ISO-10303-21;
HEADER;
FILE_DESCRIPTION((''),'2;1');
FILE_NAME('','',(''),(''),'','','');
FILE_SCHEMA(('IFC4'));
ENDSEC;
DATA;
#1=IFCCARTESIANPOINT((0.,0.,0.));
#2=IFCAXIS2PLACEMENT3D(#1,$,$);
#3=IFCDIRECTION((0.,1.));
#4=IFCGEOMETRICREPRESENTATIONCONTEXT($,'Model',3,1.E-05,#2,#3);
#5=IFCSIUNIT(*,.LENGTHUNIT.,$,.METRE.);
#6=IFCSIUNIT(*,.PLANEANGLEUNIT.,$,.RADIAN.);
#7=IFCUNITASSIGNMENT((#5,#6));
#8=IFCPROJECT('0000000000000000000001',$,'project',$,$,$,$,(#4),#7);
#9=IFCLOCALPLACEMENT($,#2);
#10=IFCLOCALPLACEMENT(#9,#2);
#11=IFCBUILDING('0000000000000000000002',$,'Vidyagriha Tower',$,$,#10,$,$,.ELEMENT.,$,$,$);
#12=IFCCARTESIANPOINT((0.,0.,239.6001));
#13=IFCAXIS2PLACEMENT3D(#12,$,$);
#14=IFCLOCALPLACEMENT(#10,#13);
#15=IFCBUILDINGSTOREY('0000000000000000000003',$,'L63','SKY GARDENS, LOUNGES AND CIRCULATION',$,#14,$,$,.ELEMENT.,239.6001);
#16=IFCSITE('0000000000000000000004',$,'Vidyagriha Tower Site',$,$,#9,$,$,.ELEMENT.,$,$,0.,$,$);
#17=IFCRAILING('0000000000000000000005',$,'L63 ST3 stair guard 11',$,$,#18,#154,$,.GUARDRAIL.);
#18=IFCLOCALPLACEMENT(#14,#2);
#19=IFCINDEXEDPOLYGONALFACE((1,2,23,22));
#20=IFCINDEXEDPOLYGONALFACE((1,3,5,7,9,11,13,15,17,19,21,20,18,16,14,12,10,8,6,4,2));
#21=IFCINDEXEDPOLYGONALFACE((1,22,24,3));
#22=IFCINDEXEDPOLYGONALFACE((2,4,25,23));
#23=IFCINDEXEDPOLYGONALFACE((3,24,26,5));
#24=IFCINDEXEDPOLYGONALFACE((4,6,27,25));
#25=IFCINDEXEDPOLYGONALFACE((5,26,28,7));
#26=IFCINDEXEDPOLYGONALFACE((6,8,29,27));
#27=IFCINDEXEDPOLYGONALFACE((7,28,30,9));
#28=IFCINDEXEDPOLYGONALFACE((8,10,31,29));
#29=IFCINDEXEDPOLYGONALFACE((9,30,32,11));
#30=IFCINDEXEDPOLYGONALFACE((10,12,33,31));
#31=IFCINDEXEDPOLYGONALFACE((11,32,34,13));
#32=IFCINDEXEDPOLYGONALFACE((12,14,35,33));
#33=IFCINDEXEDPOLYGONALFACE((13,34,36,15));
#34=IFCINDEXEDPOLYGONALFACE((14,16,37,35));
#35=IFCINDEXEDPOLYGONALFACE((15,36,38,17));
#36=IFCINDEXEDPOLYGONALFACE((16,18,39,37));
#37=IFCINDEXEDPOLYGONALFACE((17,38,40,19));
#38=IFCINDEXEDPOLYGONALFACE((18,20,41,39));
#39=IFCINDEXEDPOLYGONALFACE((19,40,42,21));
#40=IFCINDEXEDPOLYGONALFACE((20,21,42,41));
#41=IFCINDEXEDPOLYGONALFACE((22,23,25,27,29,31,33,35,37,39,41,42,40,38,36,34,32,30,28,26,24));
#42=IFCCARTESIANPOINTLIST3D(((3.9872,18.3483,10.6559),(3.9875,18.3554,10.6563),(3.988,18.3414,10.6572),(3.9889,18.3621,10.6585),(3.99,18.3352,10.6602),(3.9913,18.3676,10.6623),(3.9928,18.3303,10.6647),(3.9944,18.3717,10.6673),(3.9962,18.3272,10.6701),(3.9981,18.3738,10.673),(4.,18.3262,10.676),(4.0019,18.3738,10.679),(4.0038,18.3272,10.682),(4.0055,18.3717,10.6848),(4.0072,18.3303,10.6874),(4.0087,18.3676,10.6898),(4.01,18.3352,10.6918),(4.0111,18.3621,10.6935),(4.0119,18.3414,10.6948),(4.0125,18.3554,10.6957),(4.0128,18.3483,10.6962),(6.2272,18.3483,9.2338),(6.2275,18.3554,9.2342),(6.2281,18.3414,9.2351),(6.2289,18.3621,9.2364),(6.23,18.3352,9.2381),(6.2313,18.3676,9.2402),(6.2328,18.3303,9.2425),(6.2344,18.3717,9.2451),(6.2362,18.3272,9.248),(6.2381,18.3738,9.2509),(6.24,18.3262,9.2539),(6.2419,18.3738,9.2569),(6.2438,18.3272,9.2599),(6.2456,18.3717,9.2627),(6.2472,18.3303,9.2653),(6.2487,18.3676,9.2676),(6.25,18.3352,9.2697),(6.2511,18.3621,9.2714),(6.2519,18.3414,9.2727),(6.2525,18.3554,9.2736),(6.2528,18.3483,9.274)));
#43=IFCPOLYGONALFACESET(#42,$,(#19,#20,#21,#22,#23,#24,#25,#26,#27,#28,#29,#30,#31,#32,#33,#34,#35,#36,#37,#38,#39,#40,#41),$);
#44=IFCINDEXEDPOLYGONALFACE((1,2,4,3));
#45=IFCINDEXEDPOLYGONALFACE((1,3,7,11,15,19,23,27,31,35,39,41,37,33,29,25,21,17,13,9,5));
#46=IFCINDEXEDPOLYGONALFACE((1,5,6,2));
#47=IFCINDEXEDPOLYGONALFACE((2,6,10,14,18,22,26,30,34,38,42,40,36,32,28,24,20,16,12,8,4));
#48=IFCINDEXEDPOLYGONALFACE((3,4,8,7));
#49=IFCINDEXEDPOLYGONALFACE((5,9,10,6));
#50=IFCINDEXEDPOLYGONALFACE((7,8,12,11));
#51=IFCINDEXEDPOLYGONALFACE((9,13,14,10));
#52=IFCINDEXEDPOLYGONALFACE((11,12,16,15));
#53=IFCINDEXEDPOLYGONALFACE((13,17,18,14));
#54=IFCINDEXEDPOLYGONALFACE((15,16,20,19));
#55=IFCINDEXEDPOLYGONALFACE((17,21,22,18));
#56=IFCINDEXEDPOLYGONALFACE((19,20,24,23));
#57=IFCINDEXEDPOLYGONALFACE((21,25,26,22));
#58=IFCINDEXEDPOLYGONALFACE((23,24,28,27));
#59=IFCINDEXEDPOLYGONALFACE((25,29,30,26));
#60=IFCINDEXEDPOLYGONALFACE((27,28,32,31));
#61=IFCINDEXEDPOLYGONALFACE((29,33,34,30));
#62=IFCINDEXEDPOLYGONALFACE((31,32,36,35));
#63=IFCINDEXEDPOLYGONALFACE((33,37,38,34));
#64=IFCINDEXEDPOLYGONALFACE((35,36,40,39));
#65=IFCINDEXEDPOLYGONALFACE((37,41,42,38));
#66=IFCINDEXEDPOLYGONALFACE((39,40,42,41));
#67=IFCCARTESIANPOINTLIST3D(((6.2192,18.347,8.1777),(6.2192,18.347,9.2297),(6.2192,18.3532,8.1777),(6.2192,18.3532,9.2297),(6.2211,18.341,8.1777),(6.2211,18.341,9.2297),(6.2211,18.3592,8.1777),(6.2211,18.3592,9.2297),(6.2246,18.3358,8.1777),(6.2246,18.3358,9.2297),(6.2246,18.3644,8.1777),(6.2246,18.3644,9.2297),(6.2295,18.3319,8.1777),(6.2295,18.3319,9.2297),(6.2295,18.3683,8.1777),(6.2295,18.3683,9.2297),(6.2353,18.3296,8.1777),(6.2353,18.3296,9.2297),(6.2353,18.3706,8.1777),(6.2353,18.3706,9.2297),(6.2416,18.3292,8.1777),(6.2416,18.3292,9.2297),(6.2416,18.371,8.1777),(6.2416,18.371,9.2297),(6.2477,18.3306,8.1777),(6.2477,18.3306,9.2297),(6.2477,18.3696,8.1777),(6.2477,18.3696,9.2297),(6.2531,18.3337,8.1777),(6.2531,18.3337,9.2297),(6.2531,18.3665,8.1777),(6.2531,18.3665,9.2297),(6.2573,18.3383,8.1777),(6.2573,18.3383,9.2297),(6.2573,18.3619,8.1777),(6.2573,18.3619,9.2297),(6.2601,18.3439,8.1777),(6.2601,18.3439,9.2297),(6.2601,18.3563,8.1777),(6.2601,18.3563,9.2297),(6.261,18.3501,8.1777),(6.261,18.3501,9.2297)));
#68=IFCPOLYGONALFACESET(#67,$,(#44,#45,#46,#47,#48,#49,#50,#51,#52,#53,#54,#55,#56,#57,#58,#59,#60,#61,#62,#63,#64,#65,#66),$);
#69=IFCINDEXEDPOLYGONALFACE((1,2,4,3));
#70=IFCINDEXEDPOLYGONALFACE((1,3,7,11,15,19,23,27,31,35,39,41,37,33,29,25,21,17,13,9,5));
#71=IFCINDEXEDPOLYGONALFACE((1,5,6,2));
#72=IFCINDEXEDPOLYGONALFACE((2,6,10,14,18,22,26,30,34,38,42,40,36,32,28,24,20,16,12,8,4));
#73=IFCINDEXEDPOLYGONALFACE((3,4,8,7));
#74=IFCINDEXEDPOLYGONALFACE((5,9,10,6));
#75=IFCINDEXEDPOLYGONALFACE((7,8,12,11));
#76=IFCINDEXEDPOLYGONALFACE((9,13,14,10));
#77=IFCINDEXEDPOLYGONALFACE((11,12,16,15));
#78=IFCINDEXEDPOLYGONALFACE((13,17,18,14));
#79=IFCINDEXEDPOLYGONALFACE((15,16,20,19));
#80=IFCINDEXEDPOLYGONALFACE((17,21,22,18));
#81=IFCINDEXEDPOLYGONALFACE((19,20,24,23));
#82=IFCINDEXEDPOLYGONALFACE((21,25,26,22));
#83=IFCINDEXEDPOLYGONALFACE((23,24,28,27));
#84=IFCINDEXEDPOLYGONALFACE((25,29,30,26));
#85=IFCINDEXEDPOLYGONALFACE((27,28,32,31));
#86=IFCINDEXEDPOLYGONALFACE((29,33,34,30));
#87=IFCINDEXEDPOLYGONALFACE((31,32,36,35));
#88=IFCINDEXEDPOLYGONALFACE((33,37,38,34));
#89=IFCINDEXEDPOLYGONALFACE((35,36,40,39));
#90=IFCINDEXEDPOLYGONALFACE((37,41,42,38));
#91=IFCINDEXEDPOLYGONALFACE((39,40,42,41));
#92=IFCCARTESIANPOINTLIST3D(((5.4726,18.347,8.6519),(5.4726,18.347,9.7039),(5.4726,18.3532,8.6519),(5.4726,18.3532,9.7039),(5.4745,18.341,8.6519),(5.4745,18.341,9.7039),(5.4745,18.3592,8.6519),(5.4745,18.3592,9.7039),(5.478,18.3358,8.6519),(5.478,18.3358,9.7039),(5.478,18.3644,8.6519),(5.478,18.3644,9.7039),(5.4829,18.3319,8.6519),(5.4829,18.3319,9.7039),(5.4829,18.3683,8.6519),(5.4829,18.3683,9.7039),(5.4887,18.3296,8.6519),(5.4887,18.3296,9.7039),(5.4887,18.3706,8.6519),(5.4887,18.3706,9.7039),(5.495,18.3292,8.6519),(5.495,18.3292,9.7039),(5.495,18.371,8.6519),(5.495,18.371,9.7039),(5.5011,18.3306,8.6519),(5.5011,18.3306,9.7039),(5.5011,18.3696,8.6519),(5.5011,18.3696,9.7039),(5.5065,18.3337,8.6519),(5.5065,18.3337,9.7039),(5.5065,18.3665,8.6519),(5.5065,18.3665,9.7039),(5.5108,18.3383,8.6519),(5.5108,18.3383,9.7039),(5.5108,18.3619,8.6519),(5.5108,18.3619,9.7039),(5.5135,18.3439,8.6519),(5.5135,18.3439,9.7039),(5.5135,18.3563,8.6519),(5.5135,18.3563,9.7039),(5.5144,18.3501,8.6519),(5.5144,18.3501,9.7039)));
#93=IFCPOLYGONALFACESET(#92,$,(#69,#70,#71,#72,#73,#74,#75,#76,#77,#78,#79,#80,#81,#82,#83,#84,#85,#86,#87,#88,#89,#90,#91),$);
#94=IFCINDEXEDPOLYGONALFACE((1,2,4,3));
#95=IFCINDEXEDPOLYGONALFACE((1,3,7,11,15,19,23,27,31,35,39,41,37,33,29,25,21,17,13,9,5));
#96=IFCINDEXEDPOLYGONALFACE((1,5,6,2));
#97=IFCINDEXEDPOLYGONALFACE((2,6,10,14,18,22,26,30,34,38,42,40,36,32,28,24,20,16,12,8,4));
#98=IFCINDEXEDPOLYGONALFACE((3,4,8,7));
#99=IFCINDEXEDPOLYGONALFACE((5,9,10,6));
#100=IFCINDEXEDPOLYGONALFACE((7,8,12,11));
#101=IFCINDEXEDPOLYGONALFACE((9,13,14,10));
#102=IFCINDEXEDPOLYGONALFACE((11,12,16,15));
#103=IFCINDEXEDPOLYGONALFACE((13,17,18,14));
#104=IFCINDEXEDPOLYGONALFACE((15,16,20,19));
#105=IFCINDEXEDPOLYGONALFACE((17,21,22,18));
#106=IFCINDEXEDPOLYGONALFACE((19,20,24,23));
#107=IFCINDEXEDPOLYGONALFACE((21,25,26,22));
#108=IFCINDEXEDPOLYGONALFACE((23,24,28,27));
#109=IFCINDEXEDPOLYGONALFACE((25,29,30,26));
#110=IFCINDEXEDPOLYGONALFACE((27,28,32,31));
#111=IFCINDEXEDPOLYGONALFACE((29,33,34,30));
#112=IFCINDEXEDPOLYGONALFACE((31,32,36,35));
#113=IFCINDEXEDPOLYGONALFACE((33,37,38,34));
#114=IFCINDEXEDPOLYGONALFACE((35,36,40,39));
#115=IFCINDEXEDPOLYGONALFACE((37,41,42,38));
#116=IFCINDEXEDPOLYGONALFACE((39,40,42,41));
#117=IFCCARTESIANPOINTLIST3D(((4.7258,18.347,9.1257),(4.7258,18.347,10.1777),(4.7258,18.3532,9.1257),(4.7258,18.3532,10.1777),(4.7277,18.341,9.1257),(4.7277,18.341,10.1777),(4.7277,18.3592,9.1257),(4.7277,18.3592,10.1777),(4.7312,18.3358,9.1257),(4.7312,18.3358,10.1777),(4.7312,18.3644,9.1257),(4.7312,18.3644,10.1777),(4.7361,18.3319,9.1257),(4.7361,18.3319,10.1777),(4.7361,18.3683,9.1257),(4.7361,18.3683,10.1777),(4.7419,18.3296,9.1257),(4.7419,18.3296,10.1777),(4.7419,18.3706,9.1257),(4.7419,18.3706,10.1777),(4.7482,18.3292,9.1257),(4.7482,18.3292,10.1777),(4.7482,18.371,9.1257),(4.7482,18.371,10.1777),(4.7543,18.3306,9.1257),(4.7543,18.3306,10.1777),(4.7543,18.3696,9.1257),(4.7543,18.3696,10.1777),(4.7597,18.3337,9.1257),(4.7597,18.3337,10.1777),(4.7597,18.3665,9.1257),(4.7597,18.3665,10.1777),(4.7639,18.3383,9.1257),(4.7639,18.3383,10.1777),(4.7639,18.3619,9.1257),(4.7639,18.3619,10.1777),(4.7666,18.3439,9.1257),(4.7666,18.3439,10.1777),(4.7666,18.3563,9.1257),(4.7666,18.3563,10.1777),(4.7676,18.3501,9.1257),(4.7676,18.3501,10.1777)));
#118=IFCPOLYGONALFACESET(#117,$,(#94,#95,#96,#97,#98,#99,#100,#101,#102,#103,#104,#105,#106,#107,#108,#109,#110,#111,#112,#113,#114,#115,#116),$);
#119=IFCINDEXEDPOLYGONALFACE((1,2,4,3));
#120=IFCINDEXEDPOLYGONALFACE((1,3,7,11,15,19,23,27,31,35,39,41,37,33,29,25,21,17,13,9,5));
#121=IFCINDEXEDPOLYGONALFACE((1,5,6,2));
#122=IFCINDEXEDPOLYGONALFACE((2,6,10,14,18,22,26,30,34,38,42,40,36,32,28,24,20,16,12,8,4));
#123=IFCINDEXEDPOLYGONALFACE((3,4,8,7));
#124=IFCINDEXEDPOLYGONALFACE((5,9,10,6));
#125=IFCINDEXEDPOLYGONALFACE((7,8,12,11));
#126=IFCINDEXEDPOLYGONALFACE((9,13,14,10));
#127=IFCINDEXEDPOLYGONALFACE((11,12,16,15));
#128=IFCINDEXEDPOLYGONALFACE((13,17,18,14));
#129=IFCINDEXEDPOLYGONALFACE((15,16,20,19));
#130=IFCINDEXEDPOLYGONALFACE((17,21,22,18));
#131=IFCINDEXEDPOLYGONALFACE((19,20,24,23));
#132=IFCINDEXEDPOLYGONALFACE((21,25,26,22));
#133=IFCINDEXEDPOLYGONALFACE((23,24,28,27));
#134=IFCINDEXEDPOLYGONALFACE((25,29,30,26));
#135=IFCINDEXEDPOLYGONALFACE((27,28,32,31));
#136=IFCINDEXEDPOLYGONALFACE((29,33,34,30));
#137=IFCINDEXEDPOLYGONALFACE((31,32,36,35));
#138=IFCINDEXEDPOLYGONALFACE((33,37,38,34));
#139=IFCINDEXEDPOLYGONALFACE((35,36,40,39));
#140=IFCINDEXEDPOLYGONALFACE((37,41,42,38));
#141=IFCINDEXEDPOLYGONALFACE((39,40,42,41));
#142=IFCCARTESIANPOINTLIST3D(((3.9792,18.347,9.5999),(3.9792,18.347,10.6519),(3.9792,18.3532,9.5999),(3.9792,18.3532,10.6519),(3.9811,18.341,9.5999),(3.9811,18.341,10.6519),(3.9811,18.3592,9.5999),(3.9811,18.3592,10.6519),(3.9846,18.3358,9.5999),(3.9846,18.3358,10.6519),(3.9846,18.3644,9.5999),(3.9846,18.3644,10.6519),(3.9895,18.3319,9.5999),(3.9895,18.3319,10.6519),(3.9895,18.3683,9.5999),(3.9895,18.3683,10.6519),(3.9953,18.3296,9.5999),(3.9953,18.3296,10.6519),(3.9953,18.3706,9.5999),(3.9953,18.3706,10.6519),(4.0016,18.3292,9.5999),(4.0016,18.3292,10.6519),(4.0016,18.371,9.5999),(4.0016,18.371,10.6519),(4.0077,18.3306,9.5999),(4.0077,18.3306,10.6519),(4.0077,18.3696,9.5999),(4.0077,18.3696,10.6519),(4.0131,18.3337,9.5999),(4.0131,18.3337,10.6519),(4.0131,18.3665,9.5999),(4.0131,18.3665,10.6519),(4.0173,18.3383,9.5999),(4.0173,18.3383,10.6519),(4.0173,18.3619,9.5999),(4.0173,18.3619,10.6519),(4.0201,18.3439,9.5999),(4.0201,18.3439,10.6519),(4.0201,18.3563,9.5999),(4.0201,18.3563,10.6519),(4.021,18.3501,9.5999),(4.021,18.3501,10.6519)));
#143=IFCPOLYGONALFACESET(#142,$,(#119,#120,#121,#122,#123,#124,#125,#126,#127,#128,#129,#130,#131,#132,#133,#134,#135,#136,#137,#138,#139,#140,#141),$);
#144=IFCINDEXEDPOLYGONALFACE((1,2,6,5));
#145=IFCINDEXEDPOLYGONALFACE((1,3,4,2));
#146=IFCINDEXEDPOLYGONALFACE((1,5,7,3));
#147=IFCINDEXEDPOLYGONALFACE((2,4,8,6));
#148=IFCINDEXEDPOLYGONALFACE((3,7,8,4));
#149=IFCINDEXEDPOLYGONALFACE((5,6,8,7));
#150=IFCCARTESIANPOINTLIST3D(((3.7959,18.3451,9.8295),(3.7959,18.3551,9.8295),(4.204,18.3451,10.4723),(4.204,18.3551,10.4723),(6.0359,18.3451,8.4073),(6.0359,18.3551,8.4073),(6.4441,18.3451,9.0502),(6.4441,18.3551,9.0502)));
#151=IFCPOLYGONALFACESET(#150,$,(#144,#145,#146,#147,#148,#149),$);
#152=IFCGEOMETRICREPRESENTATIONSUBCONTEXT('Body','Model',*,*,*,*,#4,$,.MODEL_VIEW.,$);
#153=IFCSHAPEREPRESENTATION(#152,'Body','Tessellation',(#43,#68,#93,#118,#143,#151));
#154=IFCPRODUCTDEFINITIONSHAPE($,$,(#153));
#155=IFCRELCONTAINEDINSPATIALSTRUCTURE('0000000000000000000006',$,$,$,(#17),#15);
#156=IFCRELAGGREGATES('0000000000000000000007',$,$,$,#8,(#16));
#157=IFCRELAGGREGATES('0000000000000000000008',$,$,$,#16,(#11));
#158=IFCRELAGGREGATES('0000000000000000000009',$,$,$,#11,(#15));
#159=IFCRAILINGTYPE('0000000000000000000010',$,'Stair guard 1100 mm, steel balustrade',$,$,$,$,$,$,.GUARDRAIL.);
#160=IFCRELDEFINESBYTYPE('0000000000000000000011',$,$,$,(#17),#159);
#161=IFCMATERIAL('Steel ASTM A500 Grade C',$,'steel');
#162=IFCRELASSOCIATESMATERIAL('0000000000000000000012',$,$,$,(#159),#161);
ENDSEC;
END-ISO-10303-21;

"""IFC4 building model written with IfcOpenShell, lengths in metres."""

from ifc_helpers import new_model, si_unit, direction, frame, origin, origin_2d, place, context, subcontext, project, spatial, rectangle, circle, extrude, material, type_object, element, save


model = new_model("IFC4")

# Units and contexts
model_context = context("Model", 3, precision=1e-05, world=origin(), true_north=direction((0.0, 1.0)))
body_context = subcontext(model_context, "Body", "Model", "MODEL_VIEW")
ifc_project = project(units=[si_unit("LENGTHUNIT", "METRE"), si_unit("PLANEANGLEUNIT", "RADIAN")], contexts=[model_context])

# Site, building, storey
site_placement = place(None, origin())
site = spatial("IfcSite", under=ifc_project, at=site_placement, Name="Vidyagriha Tower Site", CompositionType="ELEMENT", RefElevation=0.0)
building_placement = place(site_placement, origin())
building = spatial("IfcBuilding", under=site, at=building_placement, Name="Vidyagriha Tower", CompositionType="ELEMENT")
storey_placement = place(building_placement, frame((0.0, 0.0, 239.6001)))
storey = spatial("IfcBuildingStorey", under=building, at=storey_placement, Name="L63", Description="SKY GARDENS, LOUNGES AND CIRCULATION", CompositionType="ELEMENT", Elevation=239.6001)

# Railing
ifc_material_1 = material(Name="Steel ASTM A500 Grade C", Category="steel")
railing_type_1 = type_object("IfcRailingType", Name="Stair guard 1100 mm, steel balustrade", PredefinedType="GUARDRAIL", material=ifc_material_1)
railing_1_placement = place(storey_placement, frame((6.24, 18.3501, 8.1777)))
element("IfcRailing", 1, at=railing_1_placement, inside=storey, type_object=railing_type_1, Name="L63 ST3 stair guard 11", PredefinedType="GUARDRAIL", context=body_context, shape_type="SweptSolid", body=[
    extrude(circle(Radius=0.0239, at=origin_2d()), frame((0.0, 0.0, 1.0762), z_axis=(-0.844229, 0.0, 0.535982), x_axis=(0.0, -1.0, 0.0)), (0.0, 0.0, 1.0), 2.6533),
    extrude(circle(Radius=0.021, at=origin_2d()), origin(), (0.0, 0.0, 1.0), 1.052),
    extrude(circle(Radius=0.021, at=origin_2d()), frame((-0.7466, 0.0, 0.4741)), (0.0, 0.0, 1.0), 1.052),
    extrude(circle(Radius=0.021, at=origin_2d()), frame((-1.4934, 0.0, 0.948)), (0.0, 0.0, 1.0), 1.052),
    extrude(circle(Radius=0.021, at=origin_2d()), frame((-2.24, 0.0, 1.4221)), (0.0, 0.0, 1.0), 1.052),
    extrude(rectangle(XDim=0.01, YDim=0.7615, at=origin_2d()), frame((0.0, 0.0, 0.551), z_axis=(-0.844229, 0.0, 0.535982), x_axis=(0.0, -1.0, 0.0)), (0.0, 0.0, 1.0), 2.6533),
])

save(model, "model.ifc")
